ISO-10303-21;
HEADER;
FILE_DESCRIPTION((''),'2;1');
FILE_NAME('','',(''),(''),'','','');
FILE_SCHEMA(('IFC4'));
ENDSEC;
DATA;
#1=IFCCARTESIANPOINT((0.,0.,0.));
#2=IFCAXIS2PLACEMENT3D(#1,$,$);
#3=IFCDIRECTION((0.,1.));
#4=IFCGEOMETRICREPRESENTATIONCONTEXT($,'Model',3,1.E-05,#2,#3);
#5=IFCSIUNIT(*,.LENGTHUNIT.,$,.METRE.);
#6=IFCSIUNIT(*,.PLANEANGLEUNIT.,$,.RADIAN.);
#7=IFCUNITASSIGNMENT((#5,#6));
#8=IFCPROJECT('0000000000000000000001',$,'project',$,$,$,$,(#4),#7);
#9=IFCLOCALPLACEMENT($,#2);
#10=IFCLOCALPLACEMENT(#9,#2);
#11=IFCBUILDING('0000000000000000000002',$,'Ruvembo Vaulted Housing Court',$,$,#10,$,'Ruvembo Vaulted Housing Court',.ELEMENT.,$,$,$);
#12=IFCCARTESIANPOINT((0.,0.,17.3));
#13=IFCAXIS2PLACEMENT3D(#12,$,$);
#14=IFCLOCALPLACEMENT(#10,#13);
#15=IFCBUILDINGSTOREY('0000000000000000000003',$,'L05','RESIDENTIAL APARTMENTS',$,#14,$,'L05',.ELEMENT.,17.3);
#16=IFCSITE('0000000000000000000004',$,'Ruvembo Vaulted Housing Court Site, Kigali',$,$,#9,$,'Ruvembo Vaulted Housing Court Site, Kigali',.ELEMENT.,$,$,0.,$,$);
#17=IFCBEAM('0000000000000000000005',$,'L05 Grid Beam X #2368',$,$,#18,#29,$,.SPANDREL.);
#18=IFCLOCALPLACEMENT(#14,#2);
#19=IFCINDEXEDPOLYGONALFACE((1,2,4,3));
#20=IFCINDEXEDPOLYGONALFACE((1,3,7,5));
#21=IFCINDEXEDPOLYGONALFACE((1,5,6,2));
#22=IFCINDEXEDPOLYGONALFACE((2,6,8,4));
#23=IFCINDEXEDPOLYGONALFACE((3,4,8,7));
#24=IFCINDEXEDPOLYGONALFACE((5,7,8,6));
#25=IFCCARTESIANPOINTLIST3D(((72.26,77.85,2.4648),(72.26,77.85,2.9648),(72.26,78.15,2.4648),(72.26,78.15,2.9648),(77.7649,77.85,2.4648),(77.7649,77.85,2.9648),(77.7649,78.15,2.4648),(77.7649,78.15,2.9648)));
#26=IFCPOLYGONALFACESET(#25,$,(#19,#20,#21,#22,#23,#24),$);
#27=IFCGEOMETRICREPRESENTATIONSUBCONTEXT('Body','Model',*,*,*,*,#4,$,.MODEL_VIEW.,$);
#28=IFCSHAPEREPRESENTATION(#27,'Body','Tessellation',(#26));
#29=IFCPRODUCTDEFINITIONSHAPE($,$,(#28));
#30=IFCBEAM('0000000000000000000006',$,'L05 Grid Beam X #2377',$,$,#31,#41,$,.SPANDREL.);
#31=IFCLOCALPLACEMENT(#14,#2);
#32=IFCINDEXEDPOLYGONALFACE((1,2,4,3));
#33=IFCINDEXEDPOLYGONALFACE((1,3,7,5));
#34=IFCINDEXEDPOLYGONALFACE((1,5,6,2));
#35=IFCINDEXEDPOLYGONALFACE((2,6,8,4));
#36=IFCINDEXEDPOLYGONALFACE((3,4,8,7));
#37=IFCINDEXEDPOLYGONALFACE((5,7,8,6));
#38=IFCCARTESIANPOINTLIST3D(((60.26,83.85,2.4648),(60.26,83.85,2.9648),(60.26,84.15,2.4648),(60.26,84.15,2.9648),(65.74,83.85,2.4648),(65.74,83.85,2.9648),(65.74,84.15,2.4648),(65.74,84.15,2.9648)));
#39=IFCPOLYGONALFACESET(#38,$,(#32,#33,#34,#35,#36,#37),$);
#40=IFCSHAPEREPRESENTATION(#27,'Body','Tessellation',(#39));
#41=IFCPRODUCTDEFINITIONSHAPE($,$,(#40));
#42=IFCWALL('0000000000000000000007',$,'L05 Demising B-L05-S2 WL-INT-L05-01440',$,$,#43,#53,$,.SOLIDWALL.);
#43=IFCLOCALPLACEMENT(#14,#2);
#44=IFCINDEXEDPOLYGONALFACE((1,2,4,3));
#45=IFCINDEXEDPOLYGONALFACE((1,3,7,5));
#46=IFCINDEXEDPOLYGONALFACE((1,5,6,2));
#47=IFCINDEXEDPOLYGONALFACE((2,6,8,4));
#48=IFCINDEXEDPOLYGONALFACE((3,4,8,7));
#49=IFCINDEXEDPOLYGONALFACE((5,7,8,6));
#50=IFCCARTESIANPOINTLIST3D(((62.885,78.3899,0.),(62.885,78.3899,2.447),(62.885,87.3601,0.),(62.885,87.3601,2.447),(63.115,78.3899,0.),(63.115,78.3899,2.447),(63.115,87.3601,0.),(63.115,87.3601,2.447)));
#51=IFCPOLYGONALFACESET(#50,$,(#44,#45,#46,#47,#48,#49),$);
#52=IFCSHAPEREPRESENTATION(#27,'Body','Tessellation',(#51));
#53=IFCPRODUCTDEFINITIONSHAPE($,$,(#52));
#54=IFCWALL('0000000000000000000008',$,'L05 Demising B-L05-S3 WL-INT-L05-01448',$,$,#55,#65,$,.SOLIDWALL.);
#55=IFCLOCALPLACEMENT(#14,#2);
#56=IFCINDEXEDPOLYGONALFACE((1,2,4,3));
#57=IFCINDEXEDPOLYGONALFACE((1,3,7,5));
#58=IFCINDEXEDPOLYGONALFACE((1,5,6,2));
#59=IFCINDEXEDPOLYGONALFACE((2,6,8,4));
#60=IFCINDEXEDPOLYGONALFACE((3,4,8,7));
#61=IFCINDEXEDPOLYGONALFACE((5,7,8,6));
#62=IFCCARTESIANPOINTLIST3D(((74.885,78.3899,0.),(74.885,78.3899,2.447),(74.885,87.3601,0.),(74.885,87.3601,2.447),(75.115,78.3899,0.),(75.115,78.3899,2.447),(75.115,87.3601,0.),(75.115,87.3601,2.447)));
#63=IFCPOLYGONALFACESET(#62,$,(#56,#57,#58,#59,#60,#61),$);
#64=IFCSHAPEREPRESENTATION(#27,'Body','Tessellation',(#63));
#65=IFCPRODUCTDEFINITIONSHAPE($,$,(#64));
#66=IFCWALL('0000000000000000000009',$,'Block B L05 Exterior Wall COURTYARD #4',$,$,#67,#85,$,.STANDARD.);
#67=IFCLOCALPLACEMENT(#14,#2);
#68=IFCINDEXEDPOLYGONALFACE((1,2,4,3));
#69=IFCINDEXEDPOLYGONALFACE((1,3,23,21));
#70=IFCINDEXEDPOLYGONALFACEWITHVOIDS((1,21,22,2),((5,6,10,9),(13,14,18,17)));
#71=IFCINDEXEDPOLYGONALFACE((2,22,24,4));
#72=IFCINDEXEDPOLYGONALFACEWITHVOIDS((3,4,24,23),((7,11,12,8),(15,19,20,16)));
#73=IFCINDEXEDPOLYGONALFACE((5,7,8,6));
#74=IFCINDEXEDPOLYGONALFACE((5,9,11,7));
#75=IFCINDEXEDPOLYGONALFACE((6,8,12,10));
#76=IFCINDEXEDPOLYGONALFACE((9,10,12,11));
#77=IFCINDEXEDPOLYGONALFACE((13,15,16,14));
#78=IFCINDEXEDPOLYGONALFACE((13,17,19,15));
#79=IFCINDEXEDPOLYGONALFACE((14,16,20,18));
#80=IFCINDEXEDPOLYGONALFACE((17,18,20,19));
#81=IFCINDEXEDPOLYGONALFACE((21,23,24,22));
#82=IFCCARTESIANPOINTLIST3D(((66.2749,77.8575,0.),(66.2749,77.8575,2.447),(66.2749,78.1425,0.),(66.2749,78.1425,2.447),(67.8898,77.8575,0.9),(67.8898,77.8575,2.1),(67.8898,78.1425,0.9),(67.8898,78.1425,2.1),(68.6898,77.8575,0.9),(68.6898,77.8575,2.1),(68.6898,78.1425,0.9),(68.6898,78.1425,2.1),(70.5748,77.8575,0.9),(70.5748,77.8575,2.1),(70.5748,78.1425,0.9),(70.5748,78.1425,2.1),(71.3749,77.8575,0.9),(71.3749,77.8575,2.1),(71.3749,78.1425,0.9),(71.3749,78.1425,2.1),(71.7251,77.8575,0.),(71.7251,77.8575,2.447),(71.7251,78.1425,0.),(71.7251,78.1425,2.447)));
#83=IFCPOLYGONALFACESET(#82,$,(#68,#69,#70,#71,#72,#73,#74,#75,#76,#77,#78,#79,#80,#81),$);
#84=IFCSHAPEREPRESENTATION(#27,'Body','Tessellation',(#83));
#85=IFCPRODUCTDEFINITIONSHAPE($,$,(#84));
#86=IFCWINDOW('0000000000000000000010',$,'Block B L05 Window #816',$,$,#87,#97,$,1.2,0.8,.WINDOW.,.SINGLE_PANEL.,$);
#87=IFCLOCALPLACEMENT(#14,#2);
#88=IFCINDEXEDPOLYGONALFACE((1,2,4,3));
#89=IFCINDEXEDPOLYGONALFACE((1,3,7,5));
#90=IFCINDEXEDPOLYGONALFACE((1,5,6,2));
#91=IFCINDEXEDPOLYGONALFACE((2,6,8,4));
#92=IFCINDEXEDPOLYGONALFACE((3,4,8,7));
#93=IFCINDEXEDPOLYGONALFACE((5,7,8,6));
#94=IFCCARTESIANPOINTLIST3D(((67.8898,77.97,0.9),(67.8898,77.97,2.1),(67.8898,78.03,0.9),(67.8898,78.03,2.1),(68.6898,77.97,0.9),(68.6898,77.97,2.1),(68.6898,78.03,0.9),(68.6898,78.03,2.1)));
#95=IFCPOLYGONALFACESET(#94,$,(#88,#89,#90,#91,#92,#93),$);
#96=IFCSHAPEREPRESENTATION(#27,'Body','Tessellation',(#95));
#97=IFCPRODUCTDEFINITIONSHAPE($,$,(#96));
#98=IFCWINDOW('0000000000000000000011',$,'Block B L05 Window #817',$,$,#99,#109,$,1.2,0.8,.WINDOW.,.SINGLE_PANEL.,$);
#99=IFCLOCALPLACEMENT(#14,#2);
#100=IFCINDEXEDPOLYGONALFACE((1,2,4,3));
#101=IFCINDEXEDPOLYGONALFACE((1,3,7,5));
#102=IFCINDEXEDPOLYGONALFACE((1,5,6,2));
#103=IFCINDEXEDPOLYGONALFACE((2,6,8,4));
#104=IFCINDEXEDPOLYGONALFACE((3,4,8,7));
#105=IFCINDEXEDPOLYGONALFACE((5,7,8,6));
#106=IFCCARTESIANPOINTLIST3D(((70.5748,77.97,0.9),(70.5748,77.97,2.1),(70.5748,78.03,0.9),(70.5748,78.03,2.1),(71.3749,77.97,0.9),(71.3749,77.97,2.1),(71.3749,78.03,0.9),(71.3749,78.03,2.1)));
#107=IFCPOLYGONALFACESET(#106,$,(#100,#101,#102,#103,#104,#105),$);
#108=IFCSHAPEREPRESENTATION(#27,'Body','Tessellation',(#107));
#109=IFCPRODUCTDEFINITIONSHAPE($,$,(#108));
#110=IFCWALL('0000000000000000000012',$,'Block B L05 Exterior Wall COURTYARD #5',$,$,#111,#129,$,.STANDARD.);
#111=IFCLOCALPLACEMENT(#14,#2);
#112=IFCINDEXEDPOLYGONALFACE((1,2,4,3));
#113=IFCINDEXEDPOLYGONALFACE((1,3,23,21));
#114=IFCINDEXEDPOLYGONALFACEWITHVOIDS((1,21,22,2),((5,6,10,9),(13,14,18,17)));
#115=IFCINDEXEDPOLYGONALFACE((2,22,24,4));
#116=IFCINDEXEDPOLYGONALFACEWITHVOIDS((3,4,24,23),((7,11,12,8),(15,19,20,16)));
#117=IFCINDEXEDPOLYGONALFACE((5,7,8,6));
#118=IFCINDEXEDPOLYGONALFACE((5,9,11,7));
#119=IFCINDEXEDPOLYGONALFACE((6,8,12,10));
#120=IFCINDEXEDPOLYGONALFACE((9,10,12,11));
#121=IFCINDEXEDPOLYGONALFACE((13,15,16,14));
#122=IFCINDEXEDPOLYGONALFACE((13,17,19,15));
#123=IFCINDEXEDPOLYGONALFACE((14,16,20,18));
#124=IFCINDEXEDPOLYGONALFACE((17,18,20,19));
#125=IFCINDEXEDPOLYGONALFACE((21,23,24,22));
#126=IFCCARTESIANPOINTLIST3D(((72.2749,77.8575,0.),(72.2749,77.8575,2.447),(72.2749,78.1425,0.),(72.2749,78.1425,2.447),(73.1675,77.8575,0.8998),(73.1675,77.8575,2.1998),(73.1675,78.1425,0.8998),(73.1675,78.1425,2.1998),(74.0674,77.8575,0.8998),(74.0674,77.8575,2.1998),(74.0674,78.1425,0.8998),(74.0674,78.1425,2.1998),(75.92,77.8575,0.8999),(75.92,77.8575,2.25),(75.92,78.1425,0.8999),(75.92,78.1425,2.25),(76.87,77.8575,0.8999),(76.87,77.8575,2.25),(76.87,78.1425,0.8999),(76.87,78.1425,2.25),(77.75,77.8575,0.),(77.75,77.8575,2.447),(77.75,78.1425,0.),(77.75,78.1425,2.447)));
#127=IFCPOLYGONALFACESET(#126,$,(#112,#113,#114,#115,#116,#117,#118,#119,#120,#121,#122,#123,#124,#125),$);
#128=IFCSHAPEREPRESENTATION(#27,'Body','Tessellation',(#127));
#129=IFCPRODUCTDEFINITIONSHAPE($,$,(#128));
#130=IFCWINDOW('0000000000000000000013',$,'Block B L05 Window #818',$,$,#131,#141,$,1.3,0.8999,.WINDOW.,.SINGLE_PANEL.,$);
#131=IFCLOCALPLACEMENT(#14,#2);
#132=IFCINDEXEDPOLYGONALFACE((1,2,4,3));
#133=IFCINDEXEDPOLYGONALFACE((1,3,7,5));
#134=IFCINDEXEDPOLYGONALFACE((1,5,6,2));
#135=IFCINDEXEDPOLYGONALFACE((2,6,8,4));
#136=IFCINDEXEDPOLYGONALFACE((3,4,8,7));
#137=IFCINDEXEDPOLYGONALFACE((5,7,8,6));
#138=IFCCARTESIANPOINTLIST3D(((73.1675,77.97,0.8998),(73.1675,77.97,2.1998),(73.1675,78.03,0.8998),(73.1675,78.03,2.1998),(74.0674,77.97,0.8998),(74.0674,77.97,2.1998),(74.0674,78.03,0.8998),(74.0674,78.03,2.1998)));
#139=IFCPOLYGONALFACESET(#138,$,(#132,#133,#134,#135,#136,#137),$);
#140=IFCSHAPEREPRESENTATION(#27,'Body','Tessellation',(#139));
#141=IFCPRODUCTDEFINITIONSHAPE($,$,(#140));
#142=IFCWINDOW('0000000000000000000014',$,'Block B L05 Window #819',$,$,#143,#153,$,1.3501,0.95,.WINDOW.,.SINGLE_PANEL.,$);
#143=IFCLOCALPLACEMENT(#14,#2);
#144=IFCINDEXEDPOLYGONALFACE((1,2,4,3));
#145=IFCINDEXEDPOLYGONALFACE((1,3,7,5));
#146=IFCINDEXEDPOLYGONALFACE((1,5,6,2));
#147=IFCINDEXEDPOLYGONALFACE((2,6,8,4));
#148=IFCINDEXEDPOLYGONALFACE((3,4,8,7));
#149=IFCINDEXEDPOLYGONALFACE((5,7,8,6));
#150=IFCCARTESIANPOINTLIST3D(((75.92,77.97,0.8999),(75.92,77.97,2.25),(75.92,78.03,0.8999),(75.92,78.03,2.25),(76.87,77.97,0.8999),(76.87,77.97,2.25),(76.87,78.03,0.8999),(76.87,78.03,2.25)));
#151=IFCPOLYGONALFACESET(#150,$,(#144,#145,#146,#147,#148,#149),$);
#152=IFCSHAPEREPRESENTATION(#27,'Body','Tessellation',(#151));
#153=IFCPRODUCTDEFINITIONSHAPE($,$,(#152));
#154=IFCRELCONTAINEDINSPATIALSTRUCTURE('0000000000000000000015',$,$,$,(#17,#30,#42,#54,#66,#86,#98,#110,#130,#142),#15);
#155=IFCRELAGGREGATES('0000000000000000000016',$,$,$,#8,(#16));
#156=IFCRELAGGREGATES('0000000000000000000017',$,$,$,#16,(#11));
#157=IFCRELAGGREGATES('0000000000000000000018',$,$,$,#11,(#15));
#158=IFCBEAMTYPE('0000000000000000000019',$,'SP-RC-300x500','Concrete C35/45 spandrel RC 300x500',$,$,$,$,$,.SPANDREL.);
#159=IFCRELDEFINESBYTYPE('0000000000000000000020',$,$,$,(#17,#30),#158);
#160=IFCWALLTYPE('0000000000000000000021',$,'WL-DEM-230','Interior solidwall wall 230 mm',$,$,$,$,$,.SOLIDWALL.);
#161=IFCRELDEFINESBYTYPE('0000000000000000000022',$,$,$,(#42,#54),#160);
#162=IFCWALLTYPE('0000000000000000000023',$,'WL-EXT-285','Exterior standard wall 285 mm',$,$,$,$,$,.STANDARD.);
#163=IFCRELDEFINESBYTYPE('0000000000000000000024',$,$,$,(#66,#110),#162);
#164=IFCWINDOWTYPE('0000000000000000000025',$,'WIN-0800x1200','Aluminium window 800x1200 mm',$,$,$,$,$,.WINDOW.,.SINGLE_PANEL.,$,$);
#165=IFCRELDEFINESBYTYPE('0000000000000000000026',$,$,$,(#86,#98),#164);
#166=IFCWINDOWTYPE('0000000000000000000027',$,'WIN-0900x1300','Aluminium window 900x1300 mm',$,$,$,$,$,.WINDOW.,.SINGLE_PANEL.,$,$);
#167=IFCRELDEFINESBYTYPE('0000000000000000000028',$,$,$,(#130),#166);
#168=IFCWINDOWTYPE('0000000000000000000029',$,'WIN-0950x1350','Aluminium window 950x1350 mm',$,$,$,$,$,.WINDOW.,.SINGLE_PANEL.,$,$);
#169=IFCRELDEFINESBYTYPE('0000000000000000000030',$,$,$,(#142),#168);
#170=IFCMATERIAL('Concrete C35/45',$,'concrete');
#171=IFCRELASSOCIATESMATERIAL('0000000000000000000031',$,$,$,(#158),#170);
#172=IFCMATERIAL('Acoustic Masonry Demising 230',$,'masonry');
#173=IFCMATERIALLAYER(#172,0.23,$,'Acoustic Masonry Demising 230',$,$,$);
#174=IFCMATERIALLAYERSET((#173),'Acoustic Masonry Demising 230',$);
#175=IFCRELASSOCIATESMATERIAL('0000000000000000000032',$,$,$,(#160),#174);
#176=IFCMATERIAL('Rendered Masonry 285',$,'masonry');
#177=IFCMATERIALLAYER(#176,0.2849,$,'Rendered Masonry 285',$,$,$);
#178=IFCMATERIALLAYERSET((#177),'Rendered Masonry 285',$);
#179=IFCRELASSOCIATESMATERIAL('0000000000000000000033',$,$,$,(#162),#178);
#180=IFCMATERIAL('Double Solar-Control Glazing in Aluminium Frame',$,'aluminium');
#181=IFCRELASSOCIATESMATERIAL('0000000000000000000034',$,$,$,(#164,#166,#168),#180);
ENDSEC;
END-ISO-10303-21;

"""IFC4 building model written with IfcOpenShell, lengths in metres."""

from ifc_helpers import new_model, si_unit, direction, frame, frame_2d, origin, origin_2d, place, context, subcontext, project, spatial, rectangle, extrude, material, layer, layer_set, material_profile, profile_set, type_object, element, fill, save


model = new_model("IFC4")

# Units and contexts
model_context = context("Model", 3, precision=1e-05, world=origin(), true_north=direction((0.0, 1.0)))
body_context = subcontext(model_context, "Body", "Model", "MODEL_VIEW")
ifc_project = project(units=[si_unit("LENGTHUNIT", "METRE"), si_unit("PLANEANGLEUNIT", "RADIAN")], contexts=[model_context])

# Site, building, storey
site_placement = place(None, origin())
site = spatial("IfcSite", under=ifc_project, at=site_placement, Name="Ruvembo Vaulted Housing Court Site, Kigali", LongName="Ruvembo Vaulted Housing Court Site, Kigali", CompositionType="ELEMENT", RefElevation=0.0)
building_placement = place(site_placement, origin())
building = spatial("IfcBuilding", under=site, at=building_placement, Name="Ruvembo Vaulted Housing Court", LongName="Ruvembo Vaulted Housing Court", CompositionType="ELEMENT")
storey_placement = place(building_placement, frame((0.0, 0.0, 17.3)))
storey = spatial("IfcBuildingStorey", under=building, at=storey_placement, Name="L05", Description="RESIDENTIAL APARTMENTS", LongName="L05", CompositionType="ELEMENT", Elevation=17.3)

# Shared definitions
ifc_material_1 = material(Name="Concrete C35/45", Category="concrete")

# Beams
ifc_material_profile_1 = material_profile(ifc_material_1, rectangle(XDim=0.3, YDim=0.5, at=origin_2d()), Name="RC 300x500")
ifc_profile_set_1 = profile_set([ifc_material_profile_1], Name="Concrete C35/45")
beam_type_1 = type_object("IfcBeamType", Name="SP-RC-300x500", Description="Concrete C35/45 spandrel RC 300x500", PredefinedType="SPANDREL", material=ifc_profile_set_1)
beam_1_placement = place(storey_placement, frame((72.26, 78.0, 2.7148), z_axis=(1.0, 0.0, 0.0), x_axis=(0.0, 1.0, 0.0)))
element("IfcBeam", 1, at=beam_1_placement, inside=storey, type_object=beam_type_1, Name="L05 Grid Beam X #2368", PredefinedType="SPANDREL", context=body_context, shape_type="SweptSolid", body=[
    extrude(rectangle(XDim=0.3, YDim=0.5, at=origin_2d()), origin(), (0.0, 0.0, 1.0), 5.5049),
])
beam_2_placement = place(storey_placement, frame((60.26, 84.0, 2.7148), z_axis=(1.0, 0.0, 0.0), x_axis=(0.0, 1.0, 0.0)))
element("IfcBeam", 2, at=beam_2_placement, inside=storey, type_object=beam_type_1, Name="L05 Grid Beam X #2377", PredefinedType="SPANDREL", context=body_context, shape_type="SweptSolid", body=[
    extrude(rectangle(XDim=0.3, YDim=0.5, at=origin_2d()), origin(), (0.0, 0.0, 1.0), 5.48),
])

# Walls
ifc_material_2 = material(Name="Acoustic Masonry Demising 230", Category="masonry")
ifc_layer_1 = layer(ifc_material_2, 0.23, Name="Acoustic Masonry Demising 230")
ifc_layer_set_1 = layer_set([ifc_layer_1], Name="Acoustic Masonry Demising 230")
wall_type_1 = type_object("IfcWallType", Name="WL-DEM-230", Description="Interior solidwall wall 230 mm", PredefinedType="SOLIDWALL", material=ifc_layer_set_1)
for number, where, z_axis, x_axis, name in (
    (3, (63.0, 78.3899, 0.0), (0.0, 0.0, 1.0), (0.0, 1.0, 0.0), "L05 Demising B-L05-S2 WL-INT-L05-01440"),
    (4, (75.0, 78.3899, 0.0), (0.0, 0.0, 1.0), (0.0, 1.0, 0.0), "L05 Demising B-L05-S3 WL-INT-L05-01448"),
):
    element("IfcWall", number, at=place(storey_placement, frame(where, z_axis=z_axis, x_axis=x_axis)), inside=storey, type_object=wall_type_1, Name=name, PredefinedType="SOLIDWALL", context=body_context, shape_type="SweptSolid", body=[
        extrude(rectangle(XDim=8.9702, YDim=0.23, at=frame_2d((4.4851, 0.0))), origin(), (0.0, 0.0, 1.0), 2.447),
    ])

# Walls, openings, windows
ifc_material_3 = material(Name="Rendered Masonry 285", Category="masonry")
ifc_layer_2 = layer(ifc_material_3, 0.2849, Name="Rendered Masonry 285")
ifc_layer_set_2 = layer_set([ifc_layer_2], Name="Rendered Masonry 285")
wall_type_2 = type_object("IfcWallType", Name="WL-EXT-285", Description="Exterior standard wall 285 mm", PredefinedType="STANDARD", material=ifc_layer_set_2)
wall_1_placement = place(storey_placement, frame((66.2749, 78.0, 0.0), z_axis=(0.0, 0.0, 1.0), x_axis=(1.0, 0.0, 0.0)))
wall_1 = element("IfcWall", 5, at=wall_1_placement, inside=storey, type_object=wall_type_2, Name="Block B L05 Exterior Wall COURTYARD #4", PredefinedType="STANDARD", context=body_context, shape_type="SweptSolid", body=[
    extrude(rectangle(XDim=5.4502, YDim=0.2849, at=frame_2d((2.7251, 0.0))), origin(), (0.0, 0.0, 1.0), 2.447),
])
opening_1_placement = place(wall_1_placement, frame((1.615, 0.0, 0.8999)))
opening_1 = element("IfcOpeningElement", 6, at=opening_1_placement, cuts=wall_1, PredefinedType="OPENING", context=body_context, shape_type="SweptSolid", body=[
    extrude(rectangle(XDim=0.8, YDim=1.2, at=frame_2d((0.3999, 0.6001))), frame((0.0, 0.1523, 0.0), z_axis=(0.0, -1.0, 0.0), x_axis=(1.0, 0.0, 0.0)), (0.0, 0.0, 1.0), 0.3049),
])
opening_2_placement = place(wall_1_placement, frame((4.3, 0.0, 0.8999)))
opening_2 = element("IfcOpeningElement", 7, at=opening_2_placement, cuts=wall_1, PredefinedType="OPENING", context=body_context, shape_type="SweptSolid", body=[
    extrude(rectangle(XDim=0.8, YDim=1.2, at=frame_2d((0.3999, 0.6001))), frame((0.0, 0.1523, 0.0), z_axis=(0.0, -1.0, 0.0), x_axis=(1.0, 0.0, 0.0)), (0.0, 0.0, 1.0), 0.3049),
])
ifc_material_4 = material(Name="Double Solar-Control Glazing in Aluminium Frame", Category="aluminium")
window_type_1 = type_object("IfcWindowType", Name="WIN-0800x1200", Description="Aluminium window 800x1200 mm", PartitioningType="SINGLE_PANEL", PredefinedType="WINDOW", material=ifc_material_4)
window_1_placement = place(opening_1_placement, origin())
window_1 = element("IfcWindow", 8, at=window_1_placement, inside=storey, type_object=window_type_1, Name="Block B L05 Window #816", OverallHeight=1.2, OverallWidth=0.8, PartitioningType="SINGLE_PANEL", PredefinedType="WINDOW", context=body_context, shape_type="SweptSolid", body=[
    extrude(rectangle(XDim=0.8, YDim=1.2, at=frame_2d((0.3999, 0.6001))), frame((0.0, 0.03, 0.0), z_axis=(0.0, -1.0, 0.0), x_axis=(1.0, 0.0, 0.0)), (0.0, 0.0, 1.0), 0.0601),
])
fill(opening_1, window_1)
window_2_placement = place(opening_2_placement, origin())
window_2 = element("IfcWindow", 9, at=window_2_placement, inside=storey, type_object=window_type_1, Name="Block B L05 Window #817", OverallHeight=1.2, OverallWidth=0.8, PartitioningType="SINGLE_PANEL", PredefinedType="WINDOW", context=body_context, shape_type="SweptSolid", body=[
    extrude(rectangle(XDim=0.8, YDim=1.2, at=frame_2d((0.3999, 0.6001))), frame((0.0, 0.03, 0.0), z_axis=(0.0, -1.0, 0.0), x_axis=(1.0, 0.0, 0.0)), (0.0, 0.0, 1.0), 0.0601),
])
fill(opening_2, window_2)
wall_2_placement = place(storey_placement, frame((72.2749, 78.0, 0.0), z_axis=(0.0, 0.0, 1.0), x_axis=(1.0, 0.0, 0.0)))
wall_2 = element("IfcWall", 10, at=wall_2_placement, inside=storey, type_object=wall_type_2, Name="Block B L05 Exterior Wall COURTYARD #5", PredefinedType="STANDARD", context=body_context, shape_type="SweptSolid", body=[
    extrude(rectangle(XDim=5.4751, YDim=0.2849, at=frame_2d((2.7375, 0.0))), origin(), (0.0, 0.0, 1.0), 2.447),
])
opening_3_placement = place(wall_2_placement, frame((0.8926, 0.0, 0.8999)))
opening_3 = element("IfcOpeningElement", 11, at=opening_3_placement, cuts=wall_2, PredefinedType="OPENING", context=body_context, shape_type="SweptSolid", body=[
    extrude(rectangle(XDim=0.8999, YDim=1.3, at=frame_2d((0.45, 0.6499))), frame((0.0, 0.1523, 0.0), z_axis=(0.0, -1.0, 0.0), x_axis=(1.0, 0.0, 0.0)), (0.0, 0.0, 1.0), 0.3049),
])
opening_4_placement = place(wall_2_placement, frame((3.645, 0.0, 0.8999)))
opening_4 = element("IfcOpeningElement", 12, at=opening_4_placement, cuts=wall_2, PredefinedType="OPENING", context=body_context, shape_type="SweptSolid", body=[
    extrude(rectangle(XDim=0.95, YDim=1.3501, at=frame_2d((0.4751, 0.675))), frame((0.0, 0.1523, 0.0), z_axis=(0.0, -1.0, 0.0), x_axis=(1.0, 0.0, 0.0)), (0.0, 0.0, 1.0), 0.3049),
])
window_type_2 = type_object("IfcWindowType", Name="WIN-0900x1300", Description="Aluminium window 900x1300 mm", PartitioningType="SINGLE_PANEL", PredefinedType="WINDOW", material=ifc_material_4)
window_3_placement = place(opening_3_placement, origin())
window_3 = element("IfcWindow", 13, at=window_3_placement, inside=storey, type_object=window_type_2, Name="Block B L05 Window #818", OverallHeight=1.3, OverallWidth=0.8999, PartitioningType="SINGLE_PANEL", PredefinedType="WINDOW", context=body_context, shape_type="SweptSolid", body=[
    extrude(rectangle(XDim=0.8999, YDim=1.3, at=frame_2d((0.45, 0.6499))), frame((0.0, 0.03, 0.0), z_axis=(0.0, -1.0, 0.0), x_axis=(1.0, 0.0, 0.0)), (0.0, 0.0, 1.0), 0.0601),
])
fill(opening_3, window_3)
window_type_3 = type_object("IfcWindowType", Name="WIN-0950x1350", Description="Aluminium window 950x1350 mm", PartitioningType="SINGLE_PANEL", PredefinedType="WINDOW", material=ifc_material_4)
window_4_placement = place(opening_4_placement, origin())
window_4 = element("IfcWindow", 14, at=window_4_placement, inside=storey, type_object=window_type_3, Name="Block B L05 Window #819", OverallHeight=1.3501, OverallWidth=0.95, PartitioningType="SINGLE_PANEL", PredefinedType="WINDOW", context=body_context, shape_type="SweptSolid", body=[
    extrude(rectangle(XDim=0.95, YDim=1.3501, at=frame_2d((0.4751, 0.675))), frame((0.0, 0.03, 0.0), z_axis=(0.0, -1.0, 0.0), x_axis=(1.0, 0.0, 0.0)), (0.0, 0.0, 1.0), 0.0601),
])
fill(opening_4, window_4)

save(model, "model.ifc")
